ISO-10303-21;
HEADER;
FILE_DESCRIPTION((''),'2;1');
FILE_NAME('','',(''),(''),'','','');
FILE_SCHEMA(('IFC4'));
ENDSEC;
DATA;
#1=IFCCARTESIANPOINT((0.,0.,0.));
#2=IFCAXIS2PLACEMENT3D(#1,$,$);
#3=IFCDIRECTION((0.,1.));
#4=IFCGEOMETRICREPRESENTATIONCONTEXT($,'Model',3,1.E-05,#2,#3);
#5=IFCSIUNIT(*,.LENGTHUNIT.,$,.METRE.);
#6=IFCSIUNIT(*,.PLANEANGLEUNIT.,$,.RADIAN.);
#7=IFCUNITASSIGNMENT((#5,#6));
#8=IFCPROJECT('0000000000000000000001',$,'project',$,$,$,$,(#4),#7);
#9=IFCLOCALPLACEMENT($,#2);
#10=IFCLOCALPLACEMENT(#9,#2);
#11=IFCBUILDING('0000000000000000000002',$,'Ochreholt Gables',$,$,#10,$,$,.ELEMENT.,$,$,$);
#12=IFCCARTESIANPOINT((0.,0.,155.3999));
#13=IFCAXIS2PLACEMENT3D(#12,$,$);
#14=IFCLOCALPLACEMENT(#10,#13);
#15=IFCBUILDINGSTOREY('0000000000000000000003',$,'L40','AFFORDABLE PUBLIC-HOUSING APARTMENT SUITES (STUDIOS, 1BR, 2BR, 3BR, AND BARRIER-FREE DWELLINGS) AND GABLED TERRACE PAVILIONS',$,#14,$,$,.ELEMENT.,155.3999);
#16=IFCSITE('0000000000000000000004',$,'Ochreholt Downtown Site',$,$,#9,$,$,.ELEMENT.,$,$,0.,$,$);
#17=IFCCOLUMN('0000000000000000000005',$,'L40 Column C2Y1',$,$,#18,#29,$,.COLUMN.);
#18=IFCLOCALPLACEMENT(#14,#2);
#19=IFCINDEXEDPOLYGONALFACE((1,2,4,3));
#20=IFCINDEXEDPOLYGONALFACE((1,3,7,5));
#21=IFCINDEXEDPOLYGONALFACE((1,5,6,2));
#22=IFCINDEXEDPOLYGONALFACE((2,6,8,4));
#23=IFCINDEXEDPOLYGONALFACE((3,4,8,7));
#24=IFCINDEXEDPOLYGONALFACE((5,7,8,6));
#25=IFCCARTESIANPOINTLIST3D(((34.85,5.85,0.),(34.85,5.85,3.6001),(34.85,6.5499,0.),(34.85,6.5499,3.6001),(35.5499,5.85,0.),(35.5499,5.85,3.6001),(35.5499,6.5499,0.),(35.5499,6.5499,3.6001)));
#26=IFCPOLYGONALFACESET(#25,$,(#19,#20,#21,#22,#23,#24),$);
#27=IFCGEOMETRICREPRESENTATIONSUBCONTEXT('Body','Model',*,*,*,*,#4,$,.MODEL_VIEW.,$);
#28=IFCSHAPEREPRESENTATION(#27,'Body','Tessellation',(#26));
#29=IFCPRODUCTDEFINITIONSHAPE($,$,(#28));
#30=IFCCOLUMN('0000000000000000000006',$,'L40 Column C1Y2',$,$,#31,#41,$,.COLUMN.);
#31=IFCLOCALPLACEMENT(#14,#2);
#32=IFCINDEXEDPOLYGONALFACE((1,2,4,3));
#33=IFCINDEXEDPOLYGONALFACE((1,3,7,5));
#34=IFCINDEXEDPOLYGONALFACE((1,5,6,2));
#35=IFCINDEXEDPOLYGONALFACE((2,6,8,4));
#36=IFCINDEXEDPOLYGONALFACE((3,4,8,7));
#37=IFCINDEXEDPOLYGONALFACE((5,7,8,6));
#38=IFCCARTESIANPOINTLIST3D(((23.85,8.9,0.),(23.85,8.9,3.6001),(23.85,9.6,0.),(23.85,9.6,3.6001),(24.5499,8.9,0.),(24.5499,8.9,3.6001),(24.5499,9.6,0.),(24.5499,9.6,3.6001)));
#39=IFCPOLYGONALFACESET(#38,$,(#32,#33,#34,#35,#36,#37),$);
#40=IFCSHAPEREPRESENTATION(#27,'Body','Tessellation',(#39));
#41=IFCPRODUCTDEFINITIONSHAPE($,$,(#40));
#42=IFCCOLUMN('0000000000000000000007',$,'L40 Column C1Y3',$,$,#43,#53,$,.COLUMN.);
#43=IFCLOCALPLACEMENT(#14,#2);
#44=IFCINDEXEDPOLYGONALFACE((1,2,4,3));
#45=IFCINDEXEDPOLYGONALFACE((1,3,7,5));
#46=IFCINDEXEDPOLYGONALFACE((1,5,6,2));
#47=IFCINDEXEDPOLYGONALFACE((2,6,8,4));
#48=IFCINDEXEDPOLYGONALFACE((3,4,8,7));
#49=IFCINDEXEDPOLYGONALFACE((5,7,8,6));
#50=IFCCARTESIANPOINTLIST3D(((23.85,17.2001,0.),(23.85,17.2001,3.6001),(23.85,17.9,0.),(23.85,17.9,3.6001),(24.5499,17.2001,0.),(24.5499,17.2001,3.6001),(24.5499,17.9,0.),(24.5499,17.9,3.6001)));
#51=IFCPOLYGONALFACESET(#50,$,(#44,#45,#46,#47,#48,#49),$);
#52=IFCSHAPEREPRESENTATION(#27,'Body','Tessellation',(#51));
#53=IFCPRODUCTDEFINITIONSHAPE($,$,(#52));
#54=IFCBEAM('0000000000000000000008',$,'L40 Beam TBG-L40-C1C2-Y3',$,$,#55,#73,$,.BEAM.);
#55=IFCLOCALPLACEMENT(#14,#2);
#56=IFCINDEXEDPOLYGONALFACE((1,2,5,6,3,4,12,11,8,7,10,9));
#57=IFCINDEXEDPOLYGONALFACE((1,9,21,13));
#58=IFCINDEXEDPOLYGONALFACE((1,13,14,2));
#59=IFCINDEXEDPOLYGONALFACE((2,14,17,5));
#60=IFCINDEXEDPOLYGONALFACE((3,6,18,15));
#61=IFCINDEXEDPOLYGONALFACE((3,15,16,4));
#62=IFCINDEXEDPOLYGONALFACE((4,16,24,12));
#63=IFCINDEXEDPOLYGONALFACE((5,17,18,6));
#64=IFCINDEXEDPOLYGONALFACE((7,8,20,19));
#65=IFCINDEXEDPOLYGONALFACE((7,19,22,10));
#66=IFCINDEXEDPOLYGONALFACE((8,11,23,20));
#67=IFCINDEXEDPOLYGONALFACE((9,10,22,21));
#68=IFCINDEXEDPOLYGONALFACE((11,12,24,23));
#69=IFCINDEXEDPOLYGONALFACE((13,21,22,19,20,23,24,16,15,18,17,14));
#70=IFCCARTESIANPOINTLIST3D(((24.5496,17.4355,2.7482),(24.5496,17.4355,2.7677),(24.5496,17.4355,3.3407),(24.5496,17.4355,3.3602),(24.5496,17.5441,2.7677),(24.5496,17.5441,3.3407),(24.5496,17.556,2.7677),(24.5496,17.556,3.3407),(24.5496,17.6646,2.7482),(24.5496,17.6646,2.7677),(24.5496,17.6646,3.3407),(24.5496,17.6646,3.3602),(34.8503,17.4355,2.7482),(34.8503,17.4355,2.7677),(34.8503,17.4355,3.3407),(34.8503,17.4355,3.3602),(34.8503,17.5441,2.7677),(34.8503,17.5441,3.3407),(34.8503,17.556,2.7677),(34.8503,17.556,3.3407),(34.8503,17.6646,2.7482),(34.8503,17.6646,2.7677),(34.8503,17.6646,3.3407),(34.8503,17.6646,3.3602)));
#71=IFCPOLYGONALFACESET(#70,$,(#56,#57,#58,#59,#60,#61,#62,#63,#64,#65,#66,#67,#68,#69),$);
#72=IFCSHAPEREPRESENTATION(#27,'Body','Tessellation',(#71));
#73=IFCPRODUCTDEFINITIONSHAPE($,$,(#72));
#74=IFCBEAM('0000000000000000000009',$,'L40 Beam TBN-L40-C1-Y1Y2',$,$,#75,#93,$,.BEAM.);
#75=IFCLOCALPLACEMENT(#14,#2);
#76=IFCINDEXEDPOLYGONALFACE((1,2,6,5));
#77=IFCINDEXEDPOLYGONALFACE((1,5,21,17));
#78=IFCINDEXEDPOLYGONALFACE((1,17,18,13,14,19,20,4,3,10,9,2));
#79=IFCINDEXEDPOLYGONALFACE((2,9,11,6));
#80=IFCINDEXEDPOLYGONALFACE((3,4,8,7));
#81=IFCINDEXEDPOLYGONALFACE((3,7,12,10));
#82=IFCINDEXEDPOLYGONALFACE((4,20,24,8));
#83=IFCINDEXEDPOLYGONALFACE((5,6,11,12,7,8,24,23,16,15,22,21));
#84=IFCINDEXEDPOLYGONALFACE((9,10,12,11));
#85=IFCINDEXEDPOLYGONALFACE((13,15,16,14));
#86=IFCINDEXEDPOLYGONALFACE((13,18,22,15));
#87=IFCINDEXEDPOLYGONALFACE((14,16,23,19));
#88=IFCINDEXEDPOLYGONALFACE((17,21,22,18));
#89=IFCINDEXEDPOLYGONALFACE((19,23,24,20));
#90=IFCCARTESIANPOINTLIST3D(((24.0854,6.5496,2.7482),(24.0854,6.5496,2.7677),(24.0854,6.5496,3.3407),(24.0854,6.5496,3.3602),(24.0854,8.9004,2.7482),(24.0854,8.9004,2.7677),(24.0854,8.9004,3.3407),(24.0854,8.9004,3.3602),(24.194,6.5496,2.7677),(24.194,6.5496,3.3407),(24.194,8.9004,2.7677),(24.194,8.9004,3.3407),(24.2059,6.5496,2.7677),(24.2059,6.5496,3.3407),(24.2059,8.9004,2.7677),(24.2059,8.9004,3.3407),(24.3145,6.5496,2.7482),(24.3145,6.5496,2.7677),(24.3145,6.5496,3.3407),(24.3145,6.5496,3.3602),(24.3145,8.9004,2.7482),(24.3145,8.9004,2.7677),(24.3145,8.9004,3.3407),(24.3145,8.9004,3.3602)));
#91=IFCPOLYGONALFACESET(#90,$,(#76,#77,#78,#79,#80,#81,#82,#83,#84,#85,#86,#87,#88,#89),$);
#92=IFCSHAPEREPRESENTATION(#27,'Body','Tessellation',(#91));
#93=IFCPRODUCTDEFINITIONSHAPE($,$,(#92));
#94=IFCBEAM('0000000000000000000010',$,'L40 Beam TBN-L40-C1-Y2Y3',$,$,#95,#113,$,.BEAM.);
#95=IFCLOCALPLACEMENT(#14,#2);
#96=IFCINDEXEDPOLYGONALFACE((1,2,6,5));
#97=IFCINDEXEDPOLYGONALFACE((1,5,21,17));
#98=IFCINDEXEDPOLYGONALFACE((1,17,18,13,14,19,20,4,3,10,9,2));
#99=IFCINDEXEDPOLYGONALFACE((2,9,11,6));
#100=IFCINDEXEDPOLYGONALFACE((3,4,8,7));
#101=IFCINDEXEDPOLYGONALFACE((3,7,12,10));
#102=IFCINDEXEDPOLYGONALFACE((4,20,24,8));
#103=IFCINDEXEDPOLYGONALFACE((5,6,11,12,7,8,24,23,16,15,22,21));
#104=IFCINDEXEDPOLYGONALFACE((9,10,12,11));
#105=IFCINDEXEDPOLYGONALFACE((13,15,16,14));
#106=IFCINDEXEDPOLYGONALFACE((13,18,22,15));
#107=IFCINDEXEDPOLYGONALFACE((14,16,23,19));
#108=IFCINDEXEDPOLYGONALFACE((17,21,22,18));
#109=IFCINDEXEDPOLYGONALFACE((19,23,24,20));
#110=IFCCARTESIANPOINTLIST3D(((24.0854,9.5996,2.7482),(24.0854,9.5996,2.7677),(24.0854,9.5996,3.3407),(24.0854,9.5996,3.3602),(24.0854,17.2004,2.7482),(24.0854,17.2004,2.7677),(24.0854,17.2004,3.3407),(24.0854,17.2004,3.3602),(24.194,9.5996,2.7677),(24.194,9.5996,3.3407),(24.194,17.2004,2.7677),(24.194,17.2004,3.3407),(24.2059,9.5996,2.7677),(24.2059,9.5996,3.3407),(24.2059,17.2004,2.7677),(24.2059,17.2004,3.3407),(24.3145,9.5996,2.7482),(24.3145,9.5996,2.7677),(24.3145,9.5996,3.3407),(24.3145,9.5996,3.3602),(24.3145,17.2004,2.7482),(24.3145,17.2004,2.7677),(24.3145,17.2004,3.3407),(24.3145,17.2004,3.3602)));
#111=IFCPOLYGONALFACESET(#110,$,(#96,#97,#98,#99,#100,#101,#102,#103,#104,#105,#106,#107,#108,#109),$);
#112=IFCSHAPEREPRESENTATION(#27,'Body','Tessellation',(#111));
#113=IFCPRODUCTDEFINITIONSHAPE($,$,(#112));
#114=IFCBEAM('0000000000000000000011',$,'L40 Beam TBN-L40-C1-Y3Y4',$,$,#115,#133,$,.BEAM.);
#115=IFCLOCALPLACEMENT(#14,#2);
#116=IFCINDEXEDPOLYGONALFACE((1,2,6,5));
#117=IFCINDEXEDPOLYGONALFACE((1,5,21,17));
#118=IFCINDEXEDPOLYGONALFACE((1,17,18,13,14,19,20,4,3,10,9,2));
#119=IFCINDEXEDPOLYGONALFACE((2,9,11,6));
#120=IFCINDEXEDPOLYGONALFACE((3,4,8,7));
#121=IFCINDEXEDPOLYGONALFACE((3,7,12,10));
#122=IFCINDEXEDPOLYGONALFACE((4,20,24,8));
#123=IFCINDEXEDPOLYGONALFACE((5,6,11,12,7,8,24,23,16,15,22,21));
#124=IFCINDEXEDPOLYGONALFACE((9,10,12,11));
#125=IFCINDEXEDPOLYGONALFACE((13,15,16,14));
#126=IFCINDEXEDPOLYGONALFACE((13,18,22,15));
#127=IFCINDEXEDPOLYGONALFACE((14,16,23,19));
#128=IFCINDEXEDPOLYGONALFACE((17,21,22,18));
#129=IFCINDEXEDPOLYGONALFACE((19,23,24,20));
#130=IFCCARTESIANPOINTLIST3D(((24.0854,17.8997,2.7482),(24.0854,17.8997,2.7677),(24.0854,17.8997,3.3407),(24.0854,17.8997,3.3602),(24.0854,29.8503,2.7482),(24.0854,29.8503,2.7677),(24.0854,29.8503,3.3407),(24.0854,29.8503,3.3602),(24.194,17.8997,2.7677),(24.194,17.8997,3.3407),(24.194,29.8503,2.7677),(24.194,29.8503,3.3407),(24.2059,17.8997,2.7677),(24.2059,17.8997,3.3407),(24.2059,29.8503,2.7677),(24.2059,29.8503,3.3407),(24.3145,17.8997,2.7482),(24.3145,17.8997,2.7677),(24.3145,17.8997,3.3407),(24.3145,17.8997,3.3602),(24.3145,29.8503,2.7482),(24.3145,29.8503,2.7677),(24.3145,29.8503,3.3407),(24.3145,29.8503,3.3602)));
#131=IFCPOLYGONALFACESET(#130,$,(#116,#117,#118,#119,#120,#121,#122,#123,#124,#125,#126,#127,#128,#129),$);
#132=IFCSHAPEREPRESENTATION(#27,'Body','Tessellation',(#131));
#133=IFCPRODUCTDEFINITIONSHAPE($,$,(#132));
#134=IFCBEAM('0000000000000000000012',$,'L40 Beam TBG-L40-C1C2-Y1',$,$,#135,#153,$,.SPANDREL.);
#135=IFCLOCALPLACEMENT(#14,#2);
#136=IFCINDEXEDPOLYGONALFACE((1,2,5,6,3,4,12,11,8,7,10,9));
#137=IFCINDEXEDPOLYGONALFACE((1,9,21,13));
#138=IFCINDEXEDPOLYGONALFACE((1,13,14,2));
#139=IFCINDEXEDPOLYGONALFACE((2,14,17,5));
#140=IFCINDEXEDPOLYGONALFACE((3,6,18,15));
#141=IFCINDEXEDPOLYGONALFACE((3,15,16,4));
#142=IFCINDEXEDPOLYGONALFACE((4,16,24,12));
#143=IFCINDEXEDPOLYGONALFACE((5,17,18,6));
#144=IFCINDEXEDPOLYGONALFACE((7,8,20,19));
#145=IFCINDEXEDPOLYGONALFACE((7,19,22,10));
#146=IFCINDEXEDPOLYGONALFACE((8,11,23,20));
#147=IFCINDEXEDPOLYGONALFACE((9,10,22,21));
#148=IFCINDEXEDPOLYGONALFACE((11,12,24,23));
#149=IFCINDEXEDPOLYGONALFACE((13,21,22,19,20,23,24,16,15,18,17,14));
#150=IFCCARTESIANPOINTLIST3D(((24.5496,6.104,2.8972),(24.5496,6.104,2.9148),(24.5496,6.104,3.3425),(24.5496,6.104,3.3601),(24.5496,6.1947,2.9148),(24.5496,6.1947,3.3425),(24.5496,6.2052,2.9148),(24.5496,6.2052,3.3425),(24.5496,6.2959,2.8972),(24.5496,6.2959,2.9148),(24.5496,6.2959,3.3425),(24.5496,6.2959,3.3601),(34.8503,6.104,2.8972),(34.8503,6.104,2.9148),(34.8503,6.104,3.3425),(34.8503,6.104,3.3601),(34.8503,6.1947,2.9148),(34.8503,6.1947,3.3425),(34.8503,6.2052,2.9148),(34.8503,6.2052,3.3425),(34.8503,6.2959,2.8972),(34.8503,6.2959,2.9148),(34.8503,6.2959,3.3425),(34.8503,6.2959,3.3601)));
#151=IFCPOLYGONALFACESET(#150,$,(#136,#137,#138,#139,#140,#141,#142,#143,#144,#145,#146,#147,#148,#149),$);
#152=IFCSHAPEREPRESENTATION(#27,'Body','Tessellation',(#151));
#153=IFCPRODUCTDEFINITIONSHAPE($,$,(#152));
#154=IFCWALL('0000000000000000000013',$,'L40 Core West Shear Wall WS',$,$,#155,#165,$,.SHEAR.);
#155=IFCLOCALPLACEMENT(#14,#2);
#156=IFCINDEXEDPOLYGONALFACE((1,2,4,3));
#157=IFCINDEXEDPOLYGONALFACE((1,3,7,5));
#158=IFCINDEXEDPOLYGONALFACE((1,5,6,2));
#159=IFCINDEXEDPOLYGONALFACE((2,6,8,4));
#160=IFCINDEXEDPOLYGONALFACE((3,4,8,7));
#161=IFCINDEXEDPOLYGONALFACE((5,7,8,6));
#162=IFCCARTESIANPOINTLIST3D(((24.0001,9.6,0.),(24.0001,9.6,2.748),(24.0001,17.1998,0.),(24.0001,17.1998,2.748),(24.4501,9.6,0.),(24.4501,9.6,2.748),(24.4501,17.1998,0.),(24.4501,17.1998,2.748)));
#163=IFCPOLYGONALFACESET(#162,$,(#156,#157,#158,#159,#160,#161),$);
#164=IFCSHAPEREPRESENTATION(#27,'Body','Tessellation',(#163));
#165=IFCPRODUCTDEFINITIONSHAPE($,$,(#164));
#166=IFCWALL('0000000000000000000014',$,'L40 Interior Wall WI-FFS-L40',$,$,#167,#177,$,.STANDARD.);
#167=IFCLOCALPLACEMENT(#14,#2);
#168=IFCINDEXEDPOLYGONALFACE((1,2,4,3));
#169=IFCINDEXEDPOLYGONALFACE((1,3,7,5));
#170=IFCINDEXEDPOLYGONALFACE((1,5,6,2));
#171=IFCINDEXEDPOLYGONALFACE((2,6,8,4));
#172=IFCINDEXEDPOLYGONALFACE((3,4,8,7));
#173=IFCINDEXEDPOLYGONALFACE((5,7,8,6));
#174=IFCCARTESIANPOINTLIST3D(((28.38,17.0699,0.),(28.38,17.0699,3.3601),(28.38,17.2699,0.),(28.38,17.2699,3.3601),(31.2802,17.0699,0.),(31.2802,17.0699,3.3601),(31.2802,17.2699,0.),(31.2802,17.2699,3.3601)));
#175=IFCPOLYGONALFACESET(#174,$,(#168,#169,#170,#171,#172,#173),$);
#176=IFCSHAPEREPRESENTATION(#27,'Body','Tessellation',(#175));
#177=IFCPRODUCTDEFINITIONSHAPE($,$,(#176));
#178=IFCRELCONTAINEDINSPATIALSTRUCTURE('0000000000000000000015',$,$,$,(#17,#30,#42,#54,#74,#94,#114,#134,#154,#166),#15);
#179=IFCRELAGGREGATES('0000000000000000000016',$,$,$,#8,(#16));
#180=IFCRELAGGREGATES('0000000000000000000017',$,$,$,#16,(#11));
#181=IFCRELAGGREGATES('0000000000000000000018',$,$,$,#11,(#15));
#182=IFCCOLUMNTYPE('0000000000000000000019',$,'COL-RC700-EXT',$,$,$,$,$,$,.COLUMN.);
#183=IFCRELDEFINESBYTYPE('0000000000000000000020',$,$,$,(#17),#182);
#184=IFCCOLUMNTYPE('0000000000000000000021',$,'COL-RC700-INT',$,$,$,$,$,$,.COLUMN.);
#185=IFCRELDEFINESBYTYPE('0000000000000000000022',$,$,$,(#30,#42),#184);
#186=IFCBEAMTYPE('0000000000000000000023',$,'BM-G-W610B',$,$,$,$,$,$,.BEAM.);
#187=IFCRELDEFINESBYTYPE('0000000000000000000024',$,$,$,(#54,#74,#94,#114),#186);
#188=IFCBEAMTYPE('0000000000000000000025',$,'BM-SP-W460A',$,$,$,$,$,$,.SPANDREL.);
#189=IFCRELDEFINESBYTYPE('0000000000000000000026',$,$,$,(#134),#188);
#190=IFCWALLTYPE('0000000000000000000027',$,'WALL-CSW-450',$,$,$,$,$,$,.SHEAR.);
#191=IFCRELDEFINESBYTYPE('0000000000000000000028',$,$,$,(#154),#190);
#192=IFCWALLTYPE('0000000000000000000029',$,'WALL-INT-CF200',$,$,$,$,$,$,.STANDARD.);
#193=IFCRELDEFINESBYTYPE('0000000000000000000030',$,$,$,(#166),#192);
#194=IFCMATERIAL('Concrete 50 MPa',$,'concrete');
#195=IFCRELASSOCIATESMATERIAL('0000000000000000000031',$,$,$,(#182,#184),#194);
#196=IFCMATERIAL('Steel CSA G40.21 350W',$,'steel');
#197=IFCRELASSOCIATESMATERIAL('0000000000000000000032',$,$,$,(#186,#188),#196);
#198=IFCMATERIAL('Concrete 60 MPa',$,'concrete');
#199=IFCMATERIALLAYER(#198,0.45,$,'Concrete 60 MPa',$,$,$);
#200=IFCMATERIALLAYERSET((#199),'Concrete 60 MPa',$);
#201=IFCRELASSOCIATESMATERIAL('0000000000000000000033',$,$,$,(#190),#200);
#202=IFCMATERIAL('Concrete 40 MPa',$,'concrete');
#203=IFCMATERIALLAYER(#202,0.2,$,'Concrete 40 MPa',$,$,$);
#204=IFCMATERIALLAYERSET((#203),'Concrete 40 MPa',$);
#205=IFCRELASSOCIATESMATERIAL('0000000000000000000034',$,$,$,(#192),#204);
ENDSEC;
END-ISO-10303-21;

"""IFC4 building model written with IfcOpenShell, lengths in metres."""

from ifc_helpers import new_model, si_unit, direction, frame, frame_2d, origin, origin_2d, place, context, subcontext, project, spatial, rectangle, i_section, extrude, material, layer, layer_set, material_profile, profile_set, type_object, element, save


model = new_model("IFC4")

# Units and contexts
model_context = context("Model", 3, precision=1e-05, world=origin(), true_north=direction((0.0, 1.0)))
body_context = subcontext(model_context, "Body", "Model", "MODEL_VIEW")
ifc_project = project(units=[si_unit("LENGTHUNIT", "METRE"), si_unit("PLANEANGLEUNIT", "RADIAN")], contexts=[model_context])

# Site, building, storey
site_placement = place(None, origin())
site = spatial("IfcSite", under=ifc_project, at=site_placement, Name="Ochreholt Downtown Site", CompositionType="ELEMENT", RefElevation=0.0)
building_placement = place(site_placement, origin())
building = spatial("IfcBuilding", under=site, at=building_placement, Name="Ochreholt Gables", CompositionType="ELEMENT")
storey_placement = place(building_placement, frame((0.0, 0.0, 155.3999)))
storey = spatial("IfcBuildingStorey", under=building, at=storey_placement, Name="L40", Description="AFFORDABLE PUBLIC-HOUSING APARTMENT SUITES (STUDIOS, 1BR, 2BR, 3BR, AND BARRIER-FREE DWELLINGS) AND GABLED TERRACE PAVILIONS", CompositionType="ELEMENT", Elevation=155.3999)

# Columns
ifc_material_1 = material(Name="Concrete 50 MPa", Category="concrete")
ifc_material_profile_1 = material_profile(ifc_material_1, rectangle(XDim=0.7, YDim=0.7, at=origin_2d()), Name="RC700X700")
ifc_profile_set_1 = profile_set([ifc_material_profile_1], Name="Concrete 50 MPa")
column_type_1 = type_object("IfcColumnType", Name="COL-RC700-EXT", PredefinedType="COLUMN", material=ifc_profile_set_1)
column_placement = place(storey_placement, frame((35.2, 6.2, 0.0), z_axis=(0.0, 0.0, 1.0), x_axis=(1.0, 0.0, 0.0)))
element("IfcColumn", 1, at=column_placement, inside=storey, type_object=column_type_1, Name="L40 Column C2Y1", PredefinedType="COLUMN", context=body_context, shape_type="SweptSolid", body=[
    extrude(rectangle(XDim=0.7, YDim=0.7, at=origin_2d()), origin(), (0.0, 0.0, 1.0), 3.6001),
])
ifc_material_profile_2 = material_profile(ifc_material_1, rectangle(XDim=0.7, YDim=0.7, at=origin_2d()), Name="RC700X700")
ifc_profile_set_2 = profile_set([ifc_material_profile_2], Name="Concrete 50 MPa")
column_type_2 = type_object("IfcColumnType", Name="COL-RC700-INT", PredefinedType="COLUMN", material=ifc_profile_set_2)
for number, where, z_axis, x_axis, name in (
    (2, (24.2, 9.25, 0.0), (0.0, 0.0, 1.0), (1.0, 0.0, 0.0), "L40 Column C1Y2"),
    (3, (24.2, 17.55, 0.0), (0.0, 0.0, 1.0), (1.0, 0.0, 0.0), "L40 Column C1Y3"),
):
    element("IfcColumn", number, at=place(storey_placement, frame(where, z_axis=z_axis, x_axis=x_axis)), inside=storey, type_object=column_type_2, Name=name, PredefinedType="COLUMN", context=body_context, shape_type="SweptSolid", body=[
        extrude(rectangle(XDim=0.7, YDim=0.7, at=origin_2d()), origin(), (0.0, 0.0, 1.0), 3.6001),
    ])

# Beams
ifc_material_2 = material(Name="Steel CSA G40.21 350W", Category="steel")
ifc_material_profile_3 = material_profile(ifc_material_2, i_section(OverallWidth=0.229, OverallDepth=0.6121, WebThickness=0.012, FlangeThickness=0.0195, at=origin_2d()), Name="W610X125")
ifc_profile_set_3 = profile_set([ifc_material_profile_3], Name="Steel CSA G40.21 350W")
beam_type_1 = type_object("IfcBeamType", Name="BM-G-W610B", PredefinedType="BEAM", material=ifc_profile_set_3)
beam_1_placement = place(storey_placement, frame((24.5496, 17.55, 3.0542), z_axis=(1.0, 0.0, 0.0), x_axis=(0.0, 1.0, 0.0)))
element("IfcBeam", 4, at=beam_1_placement, inside=storey, type_object=beam_type_1, Name="L40 Beam TBG-L40-C1C2-Y3", PredefinedType="BEAM", context=body_context, shape_type="SweptSolid", body=[
    extrude(i_section(OverallWidth=0.229, OverallDepth=0.6121, WebThickness=0.012, FlangeThickness=0.0195, at=origin_2d()), origin(), (0.0, 0.0, 1.0), 10.3008),
])
beam_2_placement = place(storey_placement, frame((24.2, 6.5496, 3.0542), z_axis=(0.0, 1.0, 0.0), x_axis=(-1.0, 0.0, 0.0)))
element("IfcBeam", 5, at=beam_2_placement, inside=storey, type_object=beam_type_1, Name="L40 Beam TBN-L40-C1-Y1Y2", PredefinedType="BEAM", context=body_context, shape_type="SweptSolid", body=[
    extrude(i_section(OverallWidth=0.229, OverallDepth=0.6121, WebThickness=0.012, FlangeThickness=0.0195, at=origin_2d()), origin(), (0.0, 0.0, 1.0), 2.3508),
])
beam_3_placement = place(storey_placement, frame((24.2, 9.5996, 3.0542), z_axis=(0.0, 1.0, 0.0), x_axis=(-1.0, 0.0, 0.0)))
element("IfcBeam", 6, at=beam_3_placement, inside=storey, type_object=beam_type_1, Name="L40 Beam TBN-L40-C1-Y2Y3", PredefinedType="BEAM", context=body_context, shape_type="SweptSolid", body=[
    extrude(i_section(OverallWidth=0.229, OverallDepth=0.6121, WebThickness=0.012, FlangeThickness=0.0195, at=origin_2d()), origin(), (0.0, 0.0, 1.0), 7.6008),
])
beam_4_placement = place(storey_placement, frame((24.2, 17.8997, 3.0542), z_axis=(0.0, 1.0, 0.0), x_axis=(-1.0, 0.0, 0.0)))
element("IfcBeam", 7, at=beam_4_placement, inside=storey, type_object=beam_type_1, Name="L40 Beam TBN-L40-C1-Y3Y4", PredefinedType="BEAM", context=body_context, shape_type="SweptSolid", body=[
    extrude(i_section(OverallWidth=0.229, OverallDepth=0.6121, WebThickness=0.012, FlangeThickness=0.0195, at=origin_2d()), origin(), (0.0, 0.0, 1.0), 11.9507),
])
ifc_material_profile_4 = material_profile(ifc_material_2, i_section(OverallWidth=0.1919, OverallDepth=0.4629, WebThickness=0.0105, FlangeThickness=0.0176, at=origin_2d()), Name="W460X89")
ifc_profile_set_4 = profile_set([ifc_material_profile_4], Name="Steel CSA G40.21 350W")
beam_type_2 = type_object("IfcBeamType", Name="BM-SP-W460A", PredefinedType="SPANDREL", material=ifc_profile_set_4)
beam_5_placement = place(storey_placement, frame((24.5496, 6.2, 3.1287), z_axis=(1.0, 0.0, 0.0), x_axis=(0.0, 1.0, 0.0)))
element("IfcBeam", 8, at=beam_5_placement, inside=storey, type_object=beam_type_2, Name="L40 Beam TBG-L40-C1C2-Y1", PredefinedType="SPANDREL", context=body_context, shape_type="SweptSolid", body=[
    extrude(i_section(OverallWidth=0.1919, OverallDepth=0.4629, WebThickness=0.0105, FlangeThickness=0.0176, at=origin_2d()), origin(), (0.0, 0.0, 1.0), 10.3008),
])

# Walls
ifc_material_3 = material(Name="Concrete 60 MPa", Category="concrete")
ifc_layer_1 = layer(ifc_material_3, 0.45, Name="Concrete 60 MPa")
ifc_layer_set_1 = layer_set([ifc_layer_1], Name="Concrete 60 MPa")
wall_type_1 = type_object("IfcWallType", Name="WALL-CSW-450", PredefinedType="SHEAR", material=ifc_layer_set_1)
wall_1_placement = place(storey_placement, frame((24.2251, 9.6001, 0.0), z_axis=(0.0, 0.0, 1.0), x_axis=(0.0, 1.0, 0.0)))
element("IfcWall", 9, at=wall_1_placement, inside=storey, type_object=wall_type_1, Name="L40 Core West Shear Wall WS", PredefinedType="SHEAR", context=body_context, shape_type="SweptSolid", body=[
    extrude(rectangle(XDim=7.5999, YDim=0.45, at=frame_2d((3.7998, 0.0))), origin(), (0.0, 0.0, 1.0), 2.748),
])
ifc_material_4 = material(Name="Concrete 40 MPa", Category="concrete")
ifc_layer_2 = layer(ifc_material_4, 0.2, Name="Concrete 40 MPa")
ifc_layer_set_2 = layer_set([ifc_layer_2], Name="Concrete 40 MPa")
wall_type_2 = type_object("IfcWallType", Name="WALL-INT-CF200", PredefinedType="STANDARD", material=ifc_layer_set_2)
wall_2_placement = place(storey_placement, frame((28.3799, 17.1699, 0.0), z_axis=(0.0, 0.0, 1.0), x_axis=(1.0, 0.0, 0.0)))
element("IfcWall", 10, at=wall_2_placement, inside=storey, type_object=wall_type_2, Name="L40 Interior Wall WI-FFS-L40", PredefinedType="STANDARD", context=body_context, shape_type="SweptSolid", body=[
    extrude(rectangle(XDim=2.9001, YDim=0.2, at=frame_2d((1.4502, 0.0))), origin(), (0.0, 0.0, 1.0), 3.3601),
])

save(model, "model.ifc")
